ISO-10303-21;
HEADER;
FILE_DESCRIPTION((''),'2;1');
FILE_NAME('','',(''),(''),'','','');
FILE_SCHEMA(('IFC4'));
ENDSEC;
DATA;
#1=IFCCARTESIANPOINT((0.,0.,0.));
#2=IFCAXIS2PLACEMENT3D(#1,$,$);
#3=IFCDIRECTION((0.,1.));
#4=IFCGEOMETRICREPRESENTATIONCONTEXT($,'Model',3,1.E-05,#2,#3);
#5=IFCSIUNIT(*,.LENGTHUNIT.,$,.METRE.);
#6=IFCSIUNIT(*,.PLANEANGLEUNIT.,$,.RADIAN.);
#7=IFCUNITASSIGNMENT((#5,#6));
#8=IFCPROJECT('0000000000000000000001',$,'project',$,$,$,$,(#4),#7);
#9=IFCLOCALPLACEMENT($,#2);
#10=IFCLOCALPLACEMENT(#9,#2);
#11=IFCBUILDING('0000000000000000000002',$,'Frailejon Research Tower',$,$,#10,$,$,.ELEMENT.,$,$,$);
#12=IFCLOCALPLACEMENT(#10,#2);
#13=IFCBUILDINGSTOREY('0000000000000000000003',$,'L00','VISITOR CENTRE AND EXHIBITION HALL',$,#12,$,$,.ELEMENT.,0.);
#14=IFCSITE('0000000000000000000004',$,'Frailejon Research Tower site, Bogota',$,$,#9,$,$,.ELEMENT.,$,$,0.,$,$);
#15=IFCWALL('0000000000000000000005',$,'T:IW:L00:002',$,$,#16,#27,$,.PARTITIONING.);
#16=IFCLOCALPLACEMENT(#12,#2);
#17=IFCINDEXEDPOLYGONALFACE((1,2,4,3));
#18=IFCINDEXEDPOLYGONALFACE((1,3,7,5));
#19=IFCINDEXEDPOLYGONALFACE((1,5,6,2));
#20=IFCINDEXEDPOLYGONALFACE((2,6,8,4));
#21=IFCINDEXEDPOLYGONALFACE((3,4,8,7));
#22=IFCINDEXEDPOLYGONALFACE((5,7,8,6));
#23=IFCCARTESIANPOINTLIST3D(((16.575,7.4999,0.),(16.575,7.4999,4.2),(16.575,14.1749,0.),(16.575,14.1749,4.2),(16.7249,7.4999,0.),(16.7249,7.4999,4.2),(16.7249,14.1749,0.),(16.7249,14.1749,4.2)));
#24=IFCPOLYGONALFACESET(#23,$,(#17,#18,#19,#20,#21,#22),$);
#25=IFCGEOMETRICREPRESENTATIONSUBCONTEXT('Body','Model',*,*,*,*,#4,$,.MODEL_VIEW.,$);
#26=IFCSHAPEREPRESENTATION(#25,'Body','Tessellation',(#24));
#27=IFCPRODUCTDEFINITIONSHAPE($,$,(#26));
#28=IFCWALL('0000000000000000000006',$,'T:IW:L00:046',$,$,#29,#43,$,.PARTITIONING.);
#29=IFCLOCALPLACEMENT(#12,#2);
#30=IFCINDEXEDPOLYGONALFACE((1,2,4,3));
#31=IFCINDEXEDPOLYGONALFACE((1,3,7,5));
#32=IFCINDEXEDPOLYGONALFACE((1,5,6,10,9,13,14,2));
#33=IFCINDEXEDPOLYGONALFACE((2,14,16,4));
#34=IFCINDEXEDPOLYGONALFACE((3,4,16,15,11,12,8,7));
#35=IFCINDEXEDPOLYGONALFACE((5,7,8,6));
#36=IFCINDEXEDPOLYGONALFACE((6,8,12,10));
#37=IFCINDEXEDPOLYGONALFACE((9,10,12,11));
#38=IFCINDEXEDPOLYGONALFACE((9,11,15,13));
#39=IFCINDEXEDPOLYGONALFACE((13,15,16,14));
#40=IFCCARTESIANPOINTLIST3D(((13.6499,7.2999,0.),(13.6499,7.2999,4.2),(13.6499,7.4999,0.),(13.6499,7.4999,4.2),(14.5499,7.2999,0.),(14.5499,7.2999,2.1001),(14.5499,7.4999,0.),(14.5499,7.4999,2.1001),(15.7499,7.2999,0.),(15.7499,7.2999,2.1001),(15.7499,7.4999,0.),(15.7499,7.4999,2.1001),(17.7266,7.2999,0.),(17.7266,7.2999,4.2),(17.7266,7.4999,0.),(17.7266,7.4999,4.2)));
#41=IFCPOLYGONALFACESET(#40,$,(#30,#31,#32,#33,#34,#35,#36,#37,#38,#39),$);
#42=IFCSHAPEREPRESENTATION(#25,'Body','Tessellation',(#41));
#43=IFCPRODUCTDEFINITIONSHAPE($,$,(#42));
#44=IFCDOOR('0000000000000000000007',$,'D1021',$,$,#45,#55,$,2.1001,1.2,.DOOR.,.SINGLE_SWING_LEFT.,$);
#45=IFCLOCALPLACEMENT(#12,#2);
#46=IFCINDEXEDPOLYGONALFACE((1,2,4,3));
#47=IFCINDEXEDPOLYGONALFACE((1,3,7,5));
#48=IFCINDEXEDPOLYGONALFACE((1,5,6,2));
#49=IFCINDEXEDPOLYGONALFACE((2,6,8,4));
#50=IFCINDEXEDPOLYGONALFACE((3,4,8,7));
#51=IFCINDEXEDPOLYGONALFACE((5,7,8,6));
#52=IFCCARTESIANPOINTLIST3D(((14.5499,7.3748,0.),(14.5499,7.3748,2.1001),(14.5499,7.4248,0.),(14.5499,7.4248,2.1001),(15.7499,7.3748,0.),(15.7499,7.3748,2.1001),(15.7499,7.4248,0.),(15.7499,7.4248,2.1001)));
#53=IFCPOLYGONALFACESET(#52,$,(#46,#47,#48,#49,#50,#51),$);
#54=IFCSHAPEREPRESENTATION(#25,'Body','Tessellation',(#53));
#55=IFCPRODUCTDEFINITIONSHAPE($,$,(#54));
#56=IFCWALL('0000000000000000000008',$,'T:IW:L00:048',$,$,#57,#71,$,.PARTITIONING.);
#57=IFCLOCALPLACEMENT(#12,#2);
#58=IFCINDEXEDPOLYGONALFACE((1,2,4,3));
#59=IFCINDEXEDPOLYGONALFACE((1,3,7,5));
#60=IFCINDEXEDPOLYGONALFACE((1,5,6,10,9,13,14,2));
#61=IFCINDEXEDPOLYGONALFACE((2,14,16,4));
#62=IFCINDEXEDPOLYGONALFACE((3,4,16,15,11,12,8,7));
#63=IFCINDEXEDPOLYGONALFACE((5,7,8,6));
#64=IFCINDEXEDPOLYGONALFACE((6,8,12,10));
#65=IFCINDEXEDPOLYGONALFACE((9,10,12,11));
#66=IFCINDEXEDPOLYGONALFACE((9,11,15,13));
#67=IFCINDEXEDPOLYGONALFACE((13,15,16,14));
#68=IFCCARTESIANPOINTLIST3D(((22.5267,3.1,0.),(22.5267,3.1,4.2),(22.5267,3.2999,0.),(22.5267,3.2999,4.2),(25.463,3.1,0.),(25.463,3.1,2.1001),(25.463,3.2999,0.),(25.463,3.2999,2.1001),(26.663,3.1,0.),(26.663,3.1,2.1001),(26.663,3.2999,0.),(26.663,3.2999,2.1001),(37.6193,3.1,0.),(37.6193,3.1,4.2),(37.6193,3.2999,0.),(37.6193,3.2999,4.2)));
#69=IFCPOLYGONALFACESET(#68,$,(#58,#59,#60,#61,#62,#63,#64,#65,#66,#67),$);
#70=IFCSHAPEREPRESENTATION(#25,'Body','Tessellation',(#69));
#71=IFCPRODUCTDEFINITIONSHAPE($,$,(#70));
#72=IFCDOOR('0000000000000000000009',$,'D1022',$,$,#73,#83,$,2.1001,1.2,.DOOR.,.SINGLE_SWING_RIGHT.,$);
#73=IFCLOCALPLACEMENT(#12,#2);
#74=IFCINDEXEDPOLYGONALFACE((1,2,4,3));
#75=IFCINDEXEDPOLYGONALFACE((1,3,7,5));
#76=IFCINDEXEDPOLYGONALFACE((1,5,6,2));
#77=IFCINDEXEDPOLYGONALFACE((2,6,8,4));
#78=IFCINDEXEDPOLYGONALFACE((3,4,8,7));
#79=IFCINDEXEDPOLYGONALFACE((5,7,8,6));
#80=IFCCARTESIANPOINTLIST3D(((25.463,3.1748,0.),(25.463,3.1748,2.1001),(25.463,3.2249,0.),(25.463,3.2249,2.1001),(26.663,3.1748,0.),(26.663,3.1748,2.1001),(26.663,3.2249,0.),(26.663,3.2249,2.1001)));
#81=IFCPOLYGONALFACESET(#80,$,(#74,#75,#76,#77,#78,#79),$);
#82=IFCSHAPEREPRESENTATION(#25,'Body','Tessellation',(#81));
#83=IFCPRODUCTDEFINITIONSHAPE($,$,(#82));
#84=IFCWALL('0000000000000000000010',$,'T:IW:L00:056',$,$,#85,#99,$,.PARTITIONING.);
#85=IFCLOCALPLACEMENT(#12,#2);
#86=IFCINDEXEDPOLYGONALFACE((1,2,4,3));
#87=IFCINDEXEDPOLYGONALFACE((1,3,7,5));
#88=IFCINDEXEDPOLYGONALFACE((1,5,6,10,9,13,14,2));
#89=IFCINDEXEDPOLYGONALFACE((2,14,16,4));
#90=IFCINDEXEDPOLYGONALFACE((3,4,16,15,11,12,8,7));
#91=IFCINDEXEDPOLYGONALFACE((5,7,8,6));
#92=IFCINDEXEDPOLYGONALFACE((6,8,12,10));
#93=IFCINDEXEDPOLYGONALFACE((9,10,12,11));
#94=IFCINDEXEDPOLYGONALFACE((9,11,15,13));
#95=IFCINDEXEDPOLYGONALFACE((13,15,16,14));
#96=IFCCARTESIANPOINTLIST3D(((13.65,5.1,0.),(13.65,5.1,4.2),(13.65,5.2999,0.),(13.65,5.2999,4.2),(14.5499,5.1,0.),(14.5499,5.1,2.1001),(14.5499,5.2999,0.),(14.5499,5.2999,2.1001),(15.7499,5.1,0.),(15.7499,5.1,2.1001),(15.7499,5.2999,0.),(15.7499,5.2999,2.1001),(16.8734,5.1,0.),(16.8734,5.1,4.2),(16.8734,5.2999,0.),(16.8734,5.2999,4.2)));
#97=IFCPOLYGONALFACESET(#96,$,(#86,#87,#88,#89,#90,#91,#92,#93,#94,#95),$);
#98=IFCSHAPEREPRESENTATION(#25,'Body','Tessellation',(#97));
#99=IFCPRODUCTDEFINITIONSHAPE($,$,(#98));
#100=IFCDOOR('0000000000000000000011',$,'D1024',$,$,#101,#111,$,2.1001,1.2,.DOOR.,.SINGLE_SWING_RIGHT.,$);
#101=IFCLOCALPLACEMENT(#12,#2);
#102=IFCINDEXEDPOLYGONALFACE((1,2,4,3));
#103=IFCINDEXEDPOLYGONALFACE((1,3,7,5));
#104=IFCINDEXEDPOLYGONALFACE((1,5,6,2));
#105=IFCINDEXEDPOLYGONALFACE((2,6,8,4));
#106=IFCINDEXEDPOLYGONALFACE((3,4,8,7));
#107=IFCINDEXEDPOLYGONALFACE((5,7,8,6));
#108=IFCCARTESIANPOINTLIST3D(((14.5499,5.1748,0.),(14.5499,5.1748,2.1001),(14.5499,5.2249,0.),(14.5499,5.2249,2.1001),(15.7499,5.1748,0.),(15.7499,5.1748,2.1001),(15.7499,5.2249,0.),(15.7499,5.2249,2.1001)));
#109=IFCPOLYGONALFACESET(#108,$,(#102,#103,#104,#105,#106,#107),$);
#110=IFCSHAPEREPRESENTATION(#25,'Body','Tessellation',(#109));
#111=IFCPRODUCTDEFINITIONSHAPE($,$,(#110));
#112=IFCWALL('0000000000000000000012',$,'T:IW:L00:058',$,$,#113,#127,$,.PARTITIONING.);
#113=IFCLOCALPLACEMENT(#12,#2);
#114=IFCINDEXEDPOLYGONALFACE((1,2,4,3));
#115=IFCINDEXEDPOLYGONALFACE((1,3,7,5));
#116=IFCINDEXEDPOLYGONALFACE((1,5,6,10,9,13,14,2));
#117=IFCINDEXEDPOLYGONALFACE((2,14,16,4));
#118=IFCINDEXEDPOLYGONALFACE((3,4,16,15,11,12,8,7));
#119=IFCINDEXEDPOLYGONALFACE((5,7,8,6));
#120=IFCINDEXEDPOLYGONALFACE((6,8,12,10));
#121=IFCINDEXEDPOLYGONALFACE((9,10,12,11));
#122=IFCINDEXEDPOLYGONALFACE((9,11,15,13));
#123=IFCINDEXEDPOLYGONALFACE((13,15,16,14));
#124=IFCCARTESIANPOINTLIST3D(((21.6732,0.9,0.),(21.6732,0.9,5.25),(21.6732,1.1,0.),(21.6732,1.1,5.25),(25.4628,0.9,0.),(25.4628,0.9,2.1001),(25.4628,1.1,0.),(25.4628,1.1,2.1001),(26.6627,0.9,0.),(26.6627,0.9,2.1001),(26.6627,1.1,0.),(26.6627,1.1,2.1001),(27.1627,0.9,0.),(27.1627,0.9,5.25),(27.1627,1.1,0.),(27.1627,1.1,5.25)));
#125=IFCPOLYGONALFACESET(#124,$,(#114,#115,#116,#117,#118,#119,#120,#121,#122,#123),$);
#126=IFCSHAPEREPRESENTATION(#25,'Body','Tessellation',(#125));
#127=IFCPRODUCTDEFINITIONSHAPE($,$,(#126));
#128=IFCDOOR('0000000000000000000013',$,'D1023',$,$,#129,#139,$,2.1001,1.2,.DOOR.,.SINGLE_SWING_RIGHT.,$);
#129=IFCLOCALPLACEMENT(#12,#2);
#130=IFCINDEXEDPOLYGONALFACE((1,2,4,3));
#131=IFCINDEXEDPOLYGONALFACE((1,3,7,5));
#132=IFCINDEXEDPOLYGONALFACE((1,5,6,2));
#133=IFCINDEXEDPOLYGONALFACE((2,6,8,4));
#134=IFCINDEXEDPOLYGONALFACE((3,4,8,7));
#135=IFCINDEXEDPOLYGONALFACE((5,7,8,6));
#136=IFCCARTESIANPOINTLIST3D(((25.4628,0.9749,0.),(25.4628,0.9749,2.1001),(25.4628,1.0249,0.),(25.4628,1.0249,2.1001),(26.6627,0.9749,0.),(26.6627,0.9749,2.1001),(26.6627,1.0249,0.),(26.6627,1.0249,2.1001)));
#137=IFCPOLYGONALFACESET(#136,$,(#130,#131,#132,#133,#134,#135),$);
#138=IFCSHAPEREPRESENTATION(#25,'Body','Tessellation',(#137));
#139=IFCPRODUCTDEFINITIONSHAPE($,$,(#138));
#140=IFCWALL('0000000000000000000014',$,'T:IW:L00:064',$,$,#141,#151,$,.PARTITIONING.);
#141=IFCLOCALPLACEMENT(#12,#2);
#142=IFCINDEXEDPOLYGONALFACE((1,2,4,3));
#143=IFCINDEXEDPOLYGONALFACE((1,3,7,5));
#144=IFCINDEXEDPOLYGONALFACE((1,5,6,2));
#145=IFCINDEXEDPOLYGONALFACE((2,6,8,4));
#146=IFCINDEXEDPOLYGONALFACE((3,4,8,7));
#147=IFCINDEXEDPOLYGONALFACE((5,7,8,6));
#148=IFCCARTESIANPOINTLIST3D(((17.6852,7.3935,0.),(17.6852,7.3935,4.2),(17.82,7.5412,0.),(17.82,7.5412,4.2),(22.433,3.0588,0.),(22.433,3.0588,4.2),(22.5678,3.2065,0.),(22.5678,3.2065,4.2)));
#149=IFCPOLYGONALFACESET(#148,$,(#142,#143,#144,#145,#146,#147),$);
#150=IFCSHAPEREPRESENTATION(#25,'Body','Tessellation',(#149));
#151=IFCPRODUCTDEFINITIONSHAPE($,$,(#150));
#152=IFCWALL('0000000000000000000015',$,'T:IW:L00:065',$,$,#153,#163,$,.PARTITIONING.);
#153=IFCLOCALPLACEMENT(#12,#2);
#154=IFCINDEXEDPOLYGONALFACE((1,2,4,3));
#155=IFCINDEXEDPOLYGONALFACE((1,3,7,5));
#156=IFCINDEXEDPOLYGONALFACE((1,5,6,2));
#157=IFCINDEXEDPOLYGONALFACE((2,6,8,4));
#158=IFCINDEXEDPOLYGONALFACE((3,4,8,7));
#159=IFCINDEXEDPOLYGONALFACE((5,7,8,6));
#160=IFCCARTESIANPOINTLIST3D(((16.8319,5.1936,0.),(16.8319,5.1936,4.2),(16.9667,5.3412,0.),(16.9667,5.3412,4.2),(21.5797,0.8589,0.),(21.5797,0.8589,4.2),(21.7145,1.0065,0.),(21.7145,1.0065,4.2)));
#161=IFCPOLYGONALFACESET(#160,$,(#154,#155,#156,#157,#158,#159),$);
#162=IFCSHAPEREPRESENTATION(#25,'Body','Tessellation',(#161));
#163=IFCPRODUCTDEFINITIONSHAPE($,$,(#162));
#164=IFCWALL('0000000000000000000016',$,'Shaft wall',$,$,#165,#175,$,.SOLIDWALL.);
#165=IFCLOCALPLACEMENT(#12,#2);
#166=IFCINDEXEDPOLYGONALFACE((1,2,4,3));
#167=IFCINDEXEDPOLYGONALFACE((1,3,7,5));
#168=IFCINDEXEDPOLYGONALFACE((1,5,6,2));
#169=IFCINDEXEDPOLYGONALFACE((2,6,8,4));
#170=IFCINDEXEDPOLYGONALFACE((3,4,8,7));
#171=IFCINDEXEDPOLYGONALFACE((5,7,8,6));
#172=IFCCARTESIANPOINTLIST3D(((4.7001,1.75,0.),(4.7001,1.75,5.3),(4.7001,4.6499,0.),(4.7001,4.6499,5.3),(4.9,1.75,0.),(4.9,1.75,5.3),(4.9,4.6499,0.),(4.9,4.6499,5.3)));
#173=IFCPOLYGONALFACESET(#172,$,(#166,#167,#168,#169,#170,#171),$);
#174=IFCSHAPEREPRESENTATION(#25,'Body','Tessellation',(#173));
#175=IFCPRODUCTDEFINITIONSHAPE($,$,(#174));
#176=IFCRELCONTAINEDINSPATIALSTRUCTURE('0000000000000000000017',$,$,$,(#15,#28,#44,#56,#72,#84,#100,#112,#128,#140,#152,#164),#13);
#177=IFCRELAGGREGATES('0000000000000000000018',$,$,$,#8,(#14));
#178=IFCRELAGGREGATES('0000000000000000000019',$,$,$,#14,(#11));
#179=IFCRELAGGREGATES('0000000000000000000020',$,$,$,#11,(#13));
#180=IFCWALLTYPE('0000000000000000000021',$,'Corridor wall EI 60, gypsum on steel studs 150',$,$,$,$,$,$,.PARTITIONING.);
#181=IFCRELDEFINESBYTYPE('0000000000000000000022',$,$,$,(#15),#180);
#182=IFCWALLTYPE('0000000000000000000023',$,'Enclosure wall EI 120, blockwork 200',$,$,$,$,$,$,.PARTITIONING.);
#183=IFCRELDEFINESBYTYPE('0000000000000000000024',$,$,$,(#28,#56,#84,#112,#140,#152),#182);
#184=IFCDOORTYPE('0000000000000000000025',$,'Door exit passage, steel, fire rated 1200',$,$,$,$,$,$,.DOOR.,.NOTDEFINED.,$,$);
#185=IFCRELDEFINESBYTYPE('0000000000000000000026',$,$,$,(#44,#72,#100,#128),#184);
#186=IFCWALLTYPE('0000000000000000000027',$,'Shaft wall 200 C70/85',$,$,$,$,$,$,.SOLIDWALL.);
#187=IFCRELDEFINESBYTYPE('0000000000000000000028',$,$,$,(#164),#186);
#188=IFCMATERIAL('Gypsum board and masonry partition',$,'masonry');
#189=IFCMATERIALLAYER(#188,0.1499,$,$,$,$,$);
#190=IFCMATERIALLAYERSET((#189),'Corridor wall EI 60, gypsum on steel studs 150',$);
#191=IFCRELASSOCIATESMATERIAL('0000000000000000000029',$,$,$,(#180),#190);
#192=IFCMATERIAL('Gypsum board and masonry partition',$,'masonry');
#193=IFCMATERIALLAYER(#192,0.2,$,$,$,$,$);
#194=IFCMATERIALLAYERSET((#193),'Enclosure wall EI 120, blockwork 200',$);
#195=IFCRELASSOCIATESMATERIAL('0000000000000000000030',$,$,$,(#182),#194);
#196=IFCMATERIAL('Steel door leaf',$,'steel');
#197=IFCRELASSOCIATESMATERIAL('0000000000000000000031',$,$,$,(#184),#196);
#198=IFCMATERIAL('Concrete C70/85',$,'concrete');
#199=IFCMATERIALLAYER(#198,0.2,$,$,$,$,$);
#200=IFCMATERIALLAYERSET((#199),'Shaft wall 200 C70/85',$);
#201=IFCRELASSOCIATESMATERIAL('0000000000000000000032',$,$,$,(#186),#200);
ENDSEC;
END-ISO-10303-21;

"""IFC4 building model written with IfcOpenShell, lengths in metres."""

from ifc_helpers import new_model, si_unit, direction, frame, frame_2d, origin, place, context, subcontext, project, spatial, rectangle, extrude, material, layer, layer_set, type_object, element, fill, save


model = new_model("IFC4")

# Units and contexts
model_context = context("Model", 3, precision=1e-05, world=origin(), true_north=direction((0.0, 1.0)))
body_context = subcontext(model_context, "Body", "Model", "MODEL_VIEW")
ifc_project = project(units=[si_unit("LENGTHUNIT", "METRE"), si_unit("PLANEANGLEUNIT", "RADIAN")], contexts=[model_context])

# Site, building, storey
site_placement = place(None, origin())
site = spatial("IfcSite", under=ifc_project, at=site_placement, Name="Frailejon Research Tower site, Bogota", CompositionType="ELEMENT", RefElevation=0.0)
building_placement = place(site_placement, origin())
building = spatial("IfcBuilding", under=site, at=building_placement, Name="Frailejon Research Tower", CompositionType="ELEMENT")
storey_placement = place(building_placement, origin())
storey = spatial("IfcBuildingStorey", under=building, at=storey_placement, Name="L00", Description="VISITOR CENTRE AND EXHIBITION HALL", CompositionType="ELEMENT", Elevation=0.0)

# Wall
ifc_material_1 = material(Name="Gypsum board and masonry partition", Category="masonry")
ifc_layer_1 = layer(ifc_material_1, 0.1499)
ifc_layer_set_1 = layer_set([ifc_layer_1], Name="Corridor wall EI 60, gypsum on steel studs 150")
wall_type_1 = type_object("IfcWallType", Name="Corridor wall EI 60, gypsum on steel studs 150", PredefinedType="PARTITIONING", material=ifc_layer_set_1)
wall_1_placement = place(storey_placement, frame((16.6499, 7.5, 0.0), z_axis=(0.0, 0.0, 1.0), x_axis=(0.0, 1.0, 0.0)))
element("IfcWall", 1, at=wall_1_placement, inside=storey, type_object=wall_type_1, Name="T:IW:L00:002", PredefinedType="PARTITIONING", context=body_context, shape_type="SweptSolid", body=[
    extrude(rectangle(XDim=6.675, YDim=0.1499, at=frame_2d((3.3374, 0.0))), origin(), (0.0, 0.0, 1.0), 4.2),
])

# Walls, openings, doors
ifc_material_2 = material(Name="Gypsum board and masonry partition", Category="masonry")
ifc_layer_2 = layer(ifc_material_2, 0.2)
ifc_layer_set_2 = layer_set([ifc_layer_2], Name="Enclosure wall EI 120, blockwork 200")
wall_type_2 = type_object("IfcWallType", Name="Enclosure wall EI 120, blockwork 200", PredefinedType="PARTITIONING", material=ifc_layer_set_2)
wall_2_placement = place(storey_placement, frame((13.6499, 7.3999, 0.0), z_axis=(0.0, 0.0, 1.0), x_axis=(1.0, 0.0, 0.0)))
wall_2 = element("IfcWall", 2, at=wall_2_placement, inside=storey, type_object=wall_type_2, Name="T:IW:L00:046", PredefinedType="PARTITIONING", context=body_context, shape_type="SweptSolid", body=[
    extrude(rectangle(XDim=4.0767, YDim=0.2, at=frame_2d((2.0383, 0.0))), origin(), (0.0, 0.0, 1.0), 4.2),
])
opening_1_placement = place(wall_2_placement, frame((0.8999, 0.0, 0.0)))
opening_1 = element("IfcOpeningElement", 3, at=opening_1_placement, cuts=wall_2, PredefinedType="OPENING", context=body_context, shape_type="SweptSolid", body=[
    extrude(rectangle(XDim=1.2, YDim=2.1001, at=frame_2d((0.6001, 1.05))), frame((0.0, 0.1099, 0.0), z_axis=(0.0, -1.0, 0.0), x_axis=(1.0, 0.0, 0.0)), (0.0, 0.0, 1.0), 0.22),
])
ifc_material_3 = material(Name="Steel door leaf", Category="steel")
door_type_1 = type_object("IfcDoorType", Name="Door exit passage, steel, fire rated 1200", OperationType="NOTDEFINED", PredefinedType="DOOR", material=ifc_material_3)
door_1_placement = place(opening_1_placement, origin())
door_1 = element("IfcDoor", 4, at=door_1_placement, inside=storey, type_object=door_type_1, Name="D1021", OperationType="SINGLE_SWING_LEFT", OverallHeight=2.1001, OverallWidth=1.2, PredefinedType="DOOR", context=body_context, shape_type="SweptSolid", body=[
    extrude(rectangle(XDim=1.2, YDim=2.1001, at=frame_2d((0.6001, 1.05))), frame((0.0, 0.0249, 0.0), z_axis=(0.0, -1.0, 0.0), x_axis=(1.0, 0.0, 0.0)), (0.0, 0.0, 1.0), 0.05),
])
fill(opening_1, door_1)
wall_3_placement = place(storey_placement, frame((22.5266, 3.2, 0.0), z_axis=(0.0, 0.0, 1.0), x_axis=(1.0, 0.0, 0.0)))
wall_3 = element("IfcWall", 5, at=wall_3_placement, inside=storey, type_object=wall_type_2, Name="T:IW:L00:048", PredefinedType="PARTITIONING", context=body_context, shape_type="SweptSolid", body=[
    extrude(rectangle(XDim=15.0925, YDim=0.2, at=frame_2d((7.5464, 0.0))), origin(), (0.0, 0.0, 1.0), 4.2),
])
opening_2_placement = place(wall_3_placement, frame((2.9363, 0.0, 0.0)))
opening_2 = element("IfcOpeningElement", 6, at=opening_2_placement, cuts=wall_3, PredefinedType="OPENING", context=body_context, shape_type="SweptSolid", body=[
    extrude(rectangle(XDim=1.2, YDim=2.1001, at=frame_2d((0.6001, 1.05))), frame((0.0, 0.1099, 0.0), z_axis=(0.0, -1.0, 0.0), x_axis=(1.0, 0.0, 0.0)), (0.0, 0.0, 1.0), 0.22),
])
door_2_placement = place(opening_2_placement, origin())
door_2 = element("IfcDoor", 7, at=door_2_placement, inside=storey, type_object=door_type_1, Name="D1022", OperationType="SINGLE_SWING_RIGHT", OverallHeight=2.1001, OverallWidth=1.2, PredefinedType="DOOR", context=body_context, shape_type="SweptSolid", body=[
    extrude(rectangle(XDim=1.2, YDim=2.1001, at=frame_2d((0.6001, 1.05))), frame((0.0, 0.0249, 0.0), z_axis=(0.0, -1.0, 0.0), x_axis=(1.0, 0.0, 0.0)), (0.0, 0.0, 1.0), 0.05),
])
fill(opening_2, door_2)
wall_4_placement = place(storey_placement, frame((13.6499, 5.2, 0.0), z_axis=(0.0, 0.0, 1.0), x_axis=(1.0, 0.0, 0.0)))
wall_4 = element("IfcWall", 8, at=wall_4_placement, inside=storey, type_object=wall_type_2, Name="T:IW:L00:056", PredefinedType="PARTITIONING", context=body_context, shape_type="SweptSolid", body=[
    extrude(rectangle(XDim=3.2234, YDim=0.2, at=frame_2d((1.6118, 0.0))), origin(), (0.0, 0.0, 1.0), 4.2),
])
opening_3_placement = place(wall_4_placement, frame((0.8999, 0.0, 0.0)))
opening_3 = element("IfcOpeningElement", 9, at=opening_3_placement, cuts=wall_4, PredefinedType="OPENING", context=body_context, shape_type="SweptSolid", body=[
    extrude(rectangle(XDim=1.2, YDim=2.1001, at=frame_2d((0.6001, 1.05))), frame((0.0, 0.1099, 0.0), z_axis=(0.0, -1.0, 0.0), x_axis=(1.0, 0.0, 0.0)), (0.0, 0.0, 1.0), 0.22),
])
door_3_placement = place(opening_3_placement, origin())
door_3 = element("IfcDoor", 10, at=door_3_placement, inside=storey, type_object=door_type_1, Name="D1024", OperationType="SINGLE_SWING_RIGHT", OverallHeight=2.1001, OverallWidth=1.2, PredefinedType="DOOR", context=body_context, shape_type="SweptSolid", body=[
    extrude(rectangle(XDim=1.2, YDim=2.1001, at=frame_2d((0.6001, 1.05))), frame((0.0, 0.0249, 0.0), z_axis=(0.0, -1.0, 0.0), x_axis=(1.0, 0.0, 0.0)), (0.0, 0.0, 1.0), 0.05),
])
fill(opening_3, door_3)
wall_5_placement = place(storey_placement, frame((21.6733, 1.0, 0.0), z_axis=(0.0, 0.0, 1.0), x_axis=(1.0, 0.0, 0.0)))
wall_5 = element("IfcWall", 11, at=wall_5_placement, inside=storey, type_object=wall_type_2, Name="T:IW:L00:058", PredefinedType="PARTITIONING", context=body_context, shape_type="SweptSolid", body=[
    extrude(rectangle(XDim=5.4895, YDim=0.2, at=frame_2d((2.7446, 0.0))), origin(), (0.0, 0.0, 1.0), 5.25),
])
opening_4_placement = place(wall_5_placement, frame((3.7893, 0.0, 0.0)))
opening_4 = element("IfcOpeningElement", 12, at=opening_4_placement, cuts=wall_5, PredefinedType="OPENING", context=body_context, shape_type="SweptSolid", body=[
    extrude(rectangle(XDim=1.2, YDim=2.1001, at=frame_2d((0.6001, 1.05))), frame((0.0, 0.1099, 0.0), z_axis=(0.0, -1.0, 0.0), x_axis=(1.0, 0.0, 0.0)), (0.0, 0.0, 1.0), 0.22),
])
door_4_placement = place(opening_4_placement, origin())
door_4 = element("IfcDoor", 13, at=door_4_placement, inside=storey, type_object=door_type_1, Name="D1023", OperationType="SINGLE_SWING_RIGHT", OverallHeight=2.1001, OverallWidth=1.2, PredefinedType="DOOR", context=body_context, shape_type="SweptSolid", body=[
    extrude(rectangle(XDim=1.2, YDim=2.1001, at=frame_2d((0.6001, 1.05))), frame((0.0, 0.0249, 0.0), z_axis=(0.0, -1.0, 0.0), x_axis=(1.0, 0.0, 0.0)), (0.0, 0.0, 1.0), 0.05),
])
fill(opening_4, door_4)

# Walls
for number, where, z_axis, x_axis, name in (
    (14, (17.7527, 7.4673, 0.0), (0.0, 0.0, 1.0), (0.738504, -0.67425, 0.0), "T:IW:L00:064"),
    (15, (16.8994, 5.2673, 0.0), (0.0, 0.0, 1.0), (0.738504, -0.67425, 0.0), "T:IW:L00:065"),
):
    element("IfcWall", number, at=place(storey_placement, frame(where, z_axis=z_axis, x_axis=x_axis)), inside=storey, type_object=wall_type_2, Name=name, PredefinedType="PARTITIONING", context=body_context, shape_type="SweptSolid", body=[
        extrude(rectangle(XDim=6.429, YDim=0.2, at=frame_2d((3.2144, 0.0))), origin(), (0.0, 0.0, 1.0), 4.2),
    ])
ifc_material_4 = material(Name="Concrete C70/85", Category="concrete")
ifc_layer_3 = layer(ifc_material_4, 0.2)
ifc_layer_set_3 = layer_set([ifc_layer_3], Name="Shaft wall 200 C70/85")
wall_type_3 = type_object("IfcWallType", Name="Shaft wall 200 C70/85", PredefinedType="SOLIDWALL", material=ifc_layer_set_3)
for number, where, z_axis, x_axis, name in (
    (16, (4.8, 1.75, 0.0), (0.0, 0.0, 1.0), (0.0, 1.0, 0.0), "Shaft wall"),
):
    element("IfcWall", number, at=place(storey_placement, frame(where, z_axis=z_axis, x_axis=x_axis)), inside=storey, type_object=wall_type_3, Name=name, PredefinedType="SOLIDWALL", context=body_context, shape_type="SweptSolid", body=[
        extrude(rectangle(XDim=2.8999, YDim=0.2, at=frame_2d((1.45, 0.0))), origin(), (0.0, 0.0, 1.0), 5.3),
    ])

save(model, "model.ifc")
